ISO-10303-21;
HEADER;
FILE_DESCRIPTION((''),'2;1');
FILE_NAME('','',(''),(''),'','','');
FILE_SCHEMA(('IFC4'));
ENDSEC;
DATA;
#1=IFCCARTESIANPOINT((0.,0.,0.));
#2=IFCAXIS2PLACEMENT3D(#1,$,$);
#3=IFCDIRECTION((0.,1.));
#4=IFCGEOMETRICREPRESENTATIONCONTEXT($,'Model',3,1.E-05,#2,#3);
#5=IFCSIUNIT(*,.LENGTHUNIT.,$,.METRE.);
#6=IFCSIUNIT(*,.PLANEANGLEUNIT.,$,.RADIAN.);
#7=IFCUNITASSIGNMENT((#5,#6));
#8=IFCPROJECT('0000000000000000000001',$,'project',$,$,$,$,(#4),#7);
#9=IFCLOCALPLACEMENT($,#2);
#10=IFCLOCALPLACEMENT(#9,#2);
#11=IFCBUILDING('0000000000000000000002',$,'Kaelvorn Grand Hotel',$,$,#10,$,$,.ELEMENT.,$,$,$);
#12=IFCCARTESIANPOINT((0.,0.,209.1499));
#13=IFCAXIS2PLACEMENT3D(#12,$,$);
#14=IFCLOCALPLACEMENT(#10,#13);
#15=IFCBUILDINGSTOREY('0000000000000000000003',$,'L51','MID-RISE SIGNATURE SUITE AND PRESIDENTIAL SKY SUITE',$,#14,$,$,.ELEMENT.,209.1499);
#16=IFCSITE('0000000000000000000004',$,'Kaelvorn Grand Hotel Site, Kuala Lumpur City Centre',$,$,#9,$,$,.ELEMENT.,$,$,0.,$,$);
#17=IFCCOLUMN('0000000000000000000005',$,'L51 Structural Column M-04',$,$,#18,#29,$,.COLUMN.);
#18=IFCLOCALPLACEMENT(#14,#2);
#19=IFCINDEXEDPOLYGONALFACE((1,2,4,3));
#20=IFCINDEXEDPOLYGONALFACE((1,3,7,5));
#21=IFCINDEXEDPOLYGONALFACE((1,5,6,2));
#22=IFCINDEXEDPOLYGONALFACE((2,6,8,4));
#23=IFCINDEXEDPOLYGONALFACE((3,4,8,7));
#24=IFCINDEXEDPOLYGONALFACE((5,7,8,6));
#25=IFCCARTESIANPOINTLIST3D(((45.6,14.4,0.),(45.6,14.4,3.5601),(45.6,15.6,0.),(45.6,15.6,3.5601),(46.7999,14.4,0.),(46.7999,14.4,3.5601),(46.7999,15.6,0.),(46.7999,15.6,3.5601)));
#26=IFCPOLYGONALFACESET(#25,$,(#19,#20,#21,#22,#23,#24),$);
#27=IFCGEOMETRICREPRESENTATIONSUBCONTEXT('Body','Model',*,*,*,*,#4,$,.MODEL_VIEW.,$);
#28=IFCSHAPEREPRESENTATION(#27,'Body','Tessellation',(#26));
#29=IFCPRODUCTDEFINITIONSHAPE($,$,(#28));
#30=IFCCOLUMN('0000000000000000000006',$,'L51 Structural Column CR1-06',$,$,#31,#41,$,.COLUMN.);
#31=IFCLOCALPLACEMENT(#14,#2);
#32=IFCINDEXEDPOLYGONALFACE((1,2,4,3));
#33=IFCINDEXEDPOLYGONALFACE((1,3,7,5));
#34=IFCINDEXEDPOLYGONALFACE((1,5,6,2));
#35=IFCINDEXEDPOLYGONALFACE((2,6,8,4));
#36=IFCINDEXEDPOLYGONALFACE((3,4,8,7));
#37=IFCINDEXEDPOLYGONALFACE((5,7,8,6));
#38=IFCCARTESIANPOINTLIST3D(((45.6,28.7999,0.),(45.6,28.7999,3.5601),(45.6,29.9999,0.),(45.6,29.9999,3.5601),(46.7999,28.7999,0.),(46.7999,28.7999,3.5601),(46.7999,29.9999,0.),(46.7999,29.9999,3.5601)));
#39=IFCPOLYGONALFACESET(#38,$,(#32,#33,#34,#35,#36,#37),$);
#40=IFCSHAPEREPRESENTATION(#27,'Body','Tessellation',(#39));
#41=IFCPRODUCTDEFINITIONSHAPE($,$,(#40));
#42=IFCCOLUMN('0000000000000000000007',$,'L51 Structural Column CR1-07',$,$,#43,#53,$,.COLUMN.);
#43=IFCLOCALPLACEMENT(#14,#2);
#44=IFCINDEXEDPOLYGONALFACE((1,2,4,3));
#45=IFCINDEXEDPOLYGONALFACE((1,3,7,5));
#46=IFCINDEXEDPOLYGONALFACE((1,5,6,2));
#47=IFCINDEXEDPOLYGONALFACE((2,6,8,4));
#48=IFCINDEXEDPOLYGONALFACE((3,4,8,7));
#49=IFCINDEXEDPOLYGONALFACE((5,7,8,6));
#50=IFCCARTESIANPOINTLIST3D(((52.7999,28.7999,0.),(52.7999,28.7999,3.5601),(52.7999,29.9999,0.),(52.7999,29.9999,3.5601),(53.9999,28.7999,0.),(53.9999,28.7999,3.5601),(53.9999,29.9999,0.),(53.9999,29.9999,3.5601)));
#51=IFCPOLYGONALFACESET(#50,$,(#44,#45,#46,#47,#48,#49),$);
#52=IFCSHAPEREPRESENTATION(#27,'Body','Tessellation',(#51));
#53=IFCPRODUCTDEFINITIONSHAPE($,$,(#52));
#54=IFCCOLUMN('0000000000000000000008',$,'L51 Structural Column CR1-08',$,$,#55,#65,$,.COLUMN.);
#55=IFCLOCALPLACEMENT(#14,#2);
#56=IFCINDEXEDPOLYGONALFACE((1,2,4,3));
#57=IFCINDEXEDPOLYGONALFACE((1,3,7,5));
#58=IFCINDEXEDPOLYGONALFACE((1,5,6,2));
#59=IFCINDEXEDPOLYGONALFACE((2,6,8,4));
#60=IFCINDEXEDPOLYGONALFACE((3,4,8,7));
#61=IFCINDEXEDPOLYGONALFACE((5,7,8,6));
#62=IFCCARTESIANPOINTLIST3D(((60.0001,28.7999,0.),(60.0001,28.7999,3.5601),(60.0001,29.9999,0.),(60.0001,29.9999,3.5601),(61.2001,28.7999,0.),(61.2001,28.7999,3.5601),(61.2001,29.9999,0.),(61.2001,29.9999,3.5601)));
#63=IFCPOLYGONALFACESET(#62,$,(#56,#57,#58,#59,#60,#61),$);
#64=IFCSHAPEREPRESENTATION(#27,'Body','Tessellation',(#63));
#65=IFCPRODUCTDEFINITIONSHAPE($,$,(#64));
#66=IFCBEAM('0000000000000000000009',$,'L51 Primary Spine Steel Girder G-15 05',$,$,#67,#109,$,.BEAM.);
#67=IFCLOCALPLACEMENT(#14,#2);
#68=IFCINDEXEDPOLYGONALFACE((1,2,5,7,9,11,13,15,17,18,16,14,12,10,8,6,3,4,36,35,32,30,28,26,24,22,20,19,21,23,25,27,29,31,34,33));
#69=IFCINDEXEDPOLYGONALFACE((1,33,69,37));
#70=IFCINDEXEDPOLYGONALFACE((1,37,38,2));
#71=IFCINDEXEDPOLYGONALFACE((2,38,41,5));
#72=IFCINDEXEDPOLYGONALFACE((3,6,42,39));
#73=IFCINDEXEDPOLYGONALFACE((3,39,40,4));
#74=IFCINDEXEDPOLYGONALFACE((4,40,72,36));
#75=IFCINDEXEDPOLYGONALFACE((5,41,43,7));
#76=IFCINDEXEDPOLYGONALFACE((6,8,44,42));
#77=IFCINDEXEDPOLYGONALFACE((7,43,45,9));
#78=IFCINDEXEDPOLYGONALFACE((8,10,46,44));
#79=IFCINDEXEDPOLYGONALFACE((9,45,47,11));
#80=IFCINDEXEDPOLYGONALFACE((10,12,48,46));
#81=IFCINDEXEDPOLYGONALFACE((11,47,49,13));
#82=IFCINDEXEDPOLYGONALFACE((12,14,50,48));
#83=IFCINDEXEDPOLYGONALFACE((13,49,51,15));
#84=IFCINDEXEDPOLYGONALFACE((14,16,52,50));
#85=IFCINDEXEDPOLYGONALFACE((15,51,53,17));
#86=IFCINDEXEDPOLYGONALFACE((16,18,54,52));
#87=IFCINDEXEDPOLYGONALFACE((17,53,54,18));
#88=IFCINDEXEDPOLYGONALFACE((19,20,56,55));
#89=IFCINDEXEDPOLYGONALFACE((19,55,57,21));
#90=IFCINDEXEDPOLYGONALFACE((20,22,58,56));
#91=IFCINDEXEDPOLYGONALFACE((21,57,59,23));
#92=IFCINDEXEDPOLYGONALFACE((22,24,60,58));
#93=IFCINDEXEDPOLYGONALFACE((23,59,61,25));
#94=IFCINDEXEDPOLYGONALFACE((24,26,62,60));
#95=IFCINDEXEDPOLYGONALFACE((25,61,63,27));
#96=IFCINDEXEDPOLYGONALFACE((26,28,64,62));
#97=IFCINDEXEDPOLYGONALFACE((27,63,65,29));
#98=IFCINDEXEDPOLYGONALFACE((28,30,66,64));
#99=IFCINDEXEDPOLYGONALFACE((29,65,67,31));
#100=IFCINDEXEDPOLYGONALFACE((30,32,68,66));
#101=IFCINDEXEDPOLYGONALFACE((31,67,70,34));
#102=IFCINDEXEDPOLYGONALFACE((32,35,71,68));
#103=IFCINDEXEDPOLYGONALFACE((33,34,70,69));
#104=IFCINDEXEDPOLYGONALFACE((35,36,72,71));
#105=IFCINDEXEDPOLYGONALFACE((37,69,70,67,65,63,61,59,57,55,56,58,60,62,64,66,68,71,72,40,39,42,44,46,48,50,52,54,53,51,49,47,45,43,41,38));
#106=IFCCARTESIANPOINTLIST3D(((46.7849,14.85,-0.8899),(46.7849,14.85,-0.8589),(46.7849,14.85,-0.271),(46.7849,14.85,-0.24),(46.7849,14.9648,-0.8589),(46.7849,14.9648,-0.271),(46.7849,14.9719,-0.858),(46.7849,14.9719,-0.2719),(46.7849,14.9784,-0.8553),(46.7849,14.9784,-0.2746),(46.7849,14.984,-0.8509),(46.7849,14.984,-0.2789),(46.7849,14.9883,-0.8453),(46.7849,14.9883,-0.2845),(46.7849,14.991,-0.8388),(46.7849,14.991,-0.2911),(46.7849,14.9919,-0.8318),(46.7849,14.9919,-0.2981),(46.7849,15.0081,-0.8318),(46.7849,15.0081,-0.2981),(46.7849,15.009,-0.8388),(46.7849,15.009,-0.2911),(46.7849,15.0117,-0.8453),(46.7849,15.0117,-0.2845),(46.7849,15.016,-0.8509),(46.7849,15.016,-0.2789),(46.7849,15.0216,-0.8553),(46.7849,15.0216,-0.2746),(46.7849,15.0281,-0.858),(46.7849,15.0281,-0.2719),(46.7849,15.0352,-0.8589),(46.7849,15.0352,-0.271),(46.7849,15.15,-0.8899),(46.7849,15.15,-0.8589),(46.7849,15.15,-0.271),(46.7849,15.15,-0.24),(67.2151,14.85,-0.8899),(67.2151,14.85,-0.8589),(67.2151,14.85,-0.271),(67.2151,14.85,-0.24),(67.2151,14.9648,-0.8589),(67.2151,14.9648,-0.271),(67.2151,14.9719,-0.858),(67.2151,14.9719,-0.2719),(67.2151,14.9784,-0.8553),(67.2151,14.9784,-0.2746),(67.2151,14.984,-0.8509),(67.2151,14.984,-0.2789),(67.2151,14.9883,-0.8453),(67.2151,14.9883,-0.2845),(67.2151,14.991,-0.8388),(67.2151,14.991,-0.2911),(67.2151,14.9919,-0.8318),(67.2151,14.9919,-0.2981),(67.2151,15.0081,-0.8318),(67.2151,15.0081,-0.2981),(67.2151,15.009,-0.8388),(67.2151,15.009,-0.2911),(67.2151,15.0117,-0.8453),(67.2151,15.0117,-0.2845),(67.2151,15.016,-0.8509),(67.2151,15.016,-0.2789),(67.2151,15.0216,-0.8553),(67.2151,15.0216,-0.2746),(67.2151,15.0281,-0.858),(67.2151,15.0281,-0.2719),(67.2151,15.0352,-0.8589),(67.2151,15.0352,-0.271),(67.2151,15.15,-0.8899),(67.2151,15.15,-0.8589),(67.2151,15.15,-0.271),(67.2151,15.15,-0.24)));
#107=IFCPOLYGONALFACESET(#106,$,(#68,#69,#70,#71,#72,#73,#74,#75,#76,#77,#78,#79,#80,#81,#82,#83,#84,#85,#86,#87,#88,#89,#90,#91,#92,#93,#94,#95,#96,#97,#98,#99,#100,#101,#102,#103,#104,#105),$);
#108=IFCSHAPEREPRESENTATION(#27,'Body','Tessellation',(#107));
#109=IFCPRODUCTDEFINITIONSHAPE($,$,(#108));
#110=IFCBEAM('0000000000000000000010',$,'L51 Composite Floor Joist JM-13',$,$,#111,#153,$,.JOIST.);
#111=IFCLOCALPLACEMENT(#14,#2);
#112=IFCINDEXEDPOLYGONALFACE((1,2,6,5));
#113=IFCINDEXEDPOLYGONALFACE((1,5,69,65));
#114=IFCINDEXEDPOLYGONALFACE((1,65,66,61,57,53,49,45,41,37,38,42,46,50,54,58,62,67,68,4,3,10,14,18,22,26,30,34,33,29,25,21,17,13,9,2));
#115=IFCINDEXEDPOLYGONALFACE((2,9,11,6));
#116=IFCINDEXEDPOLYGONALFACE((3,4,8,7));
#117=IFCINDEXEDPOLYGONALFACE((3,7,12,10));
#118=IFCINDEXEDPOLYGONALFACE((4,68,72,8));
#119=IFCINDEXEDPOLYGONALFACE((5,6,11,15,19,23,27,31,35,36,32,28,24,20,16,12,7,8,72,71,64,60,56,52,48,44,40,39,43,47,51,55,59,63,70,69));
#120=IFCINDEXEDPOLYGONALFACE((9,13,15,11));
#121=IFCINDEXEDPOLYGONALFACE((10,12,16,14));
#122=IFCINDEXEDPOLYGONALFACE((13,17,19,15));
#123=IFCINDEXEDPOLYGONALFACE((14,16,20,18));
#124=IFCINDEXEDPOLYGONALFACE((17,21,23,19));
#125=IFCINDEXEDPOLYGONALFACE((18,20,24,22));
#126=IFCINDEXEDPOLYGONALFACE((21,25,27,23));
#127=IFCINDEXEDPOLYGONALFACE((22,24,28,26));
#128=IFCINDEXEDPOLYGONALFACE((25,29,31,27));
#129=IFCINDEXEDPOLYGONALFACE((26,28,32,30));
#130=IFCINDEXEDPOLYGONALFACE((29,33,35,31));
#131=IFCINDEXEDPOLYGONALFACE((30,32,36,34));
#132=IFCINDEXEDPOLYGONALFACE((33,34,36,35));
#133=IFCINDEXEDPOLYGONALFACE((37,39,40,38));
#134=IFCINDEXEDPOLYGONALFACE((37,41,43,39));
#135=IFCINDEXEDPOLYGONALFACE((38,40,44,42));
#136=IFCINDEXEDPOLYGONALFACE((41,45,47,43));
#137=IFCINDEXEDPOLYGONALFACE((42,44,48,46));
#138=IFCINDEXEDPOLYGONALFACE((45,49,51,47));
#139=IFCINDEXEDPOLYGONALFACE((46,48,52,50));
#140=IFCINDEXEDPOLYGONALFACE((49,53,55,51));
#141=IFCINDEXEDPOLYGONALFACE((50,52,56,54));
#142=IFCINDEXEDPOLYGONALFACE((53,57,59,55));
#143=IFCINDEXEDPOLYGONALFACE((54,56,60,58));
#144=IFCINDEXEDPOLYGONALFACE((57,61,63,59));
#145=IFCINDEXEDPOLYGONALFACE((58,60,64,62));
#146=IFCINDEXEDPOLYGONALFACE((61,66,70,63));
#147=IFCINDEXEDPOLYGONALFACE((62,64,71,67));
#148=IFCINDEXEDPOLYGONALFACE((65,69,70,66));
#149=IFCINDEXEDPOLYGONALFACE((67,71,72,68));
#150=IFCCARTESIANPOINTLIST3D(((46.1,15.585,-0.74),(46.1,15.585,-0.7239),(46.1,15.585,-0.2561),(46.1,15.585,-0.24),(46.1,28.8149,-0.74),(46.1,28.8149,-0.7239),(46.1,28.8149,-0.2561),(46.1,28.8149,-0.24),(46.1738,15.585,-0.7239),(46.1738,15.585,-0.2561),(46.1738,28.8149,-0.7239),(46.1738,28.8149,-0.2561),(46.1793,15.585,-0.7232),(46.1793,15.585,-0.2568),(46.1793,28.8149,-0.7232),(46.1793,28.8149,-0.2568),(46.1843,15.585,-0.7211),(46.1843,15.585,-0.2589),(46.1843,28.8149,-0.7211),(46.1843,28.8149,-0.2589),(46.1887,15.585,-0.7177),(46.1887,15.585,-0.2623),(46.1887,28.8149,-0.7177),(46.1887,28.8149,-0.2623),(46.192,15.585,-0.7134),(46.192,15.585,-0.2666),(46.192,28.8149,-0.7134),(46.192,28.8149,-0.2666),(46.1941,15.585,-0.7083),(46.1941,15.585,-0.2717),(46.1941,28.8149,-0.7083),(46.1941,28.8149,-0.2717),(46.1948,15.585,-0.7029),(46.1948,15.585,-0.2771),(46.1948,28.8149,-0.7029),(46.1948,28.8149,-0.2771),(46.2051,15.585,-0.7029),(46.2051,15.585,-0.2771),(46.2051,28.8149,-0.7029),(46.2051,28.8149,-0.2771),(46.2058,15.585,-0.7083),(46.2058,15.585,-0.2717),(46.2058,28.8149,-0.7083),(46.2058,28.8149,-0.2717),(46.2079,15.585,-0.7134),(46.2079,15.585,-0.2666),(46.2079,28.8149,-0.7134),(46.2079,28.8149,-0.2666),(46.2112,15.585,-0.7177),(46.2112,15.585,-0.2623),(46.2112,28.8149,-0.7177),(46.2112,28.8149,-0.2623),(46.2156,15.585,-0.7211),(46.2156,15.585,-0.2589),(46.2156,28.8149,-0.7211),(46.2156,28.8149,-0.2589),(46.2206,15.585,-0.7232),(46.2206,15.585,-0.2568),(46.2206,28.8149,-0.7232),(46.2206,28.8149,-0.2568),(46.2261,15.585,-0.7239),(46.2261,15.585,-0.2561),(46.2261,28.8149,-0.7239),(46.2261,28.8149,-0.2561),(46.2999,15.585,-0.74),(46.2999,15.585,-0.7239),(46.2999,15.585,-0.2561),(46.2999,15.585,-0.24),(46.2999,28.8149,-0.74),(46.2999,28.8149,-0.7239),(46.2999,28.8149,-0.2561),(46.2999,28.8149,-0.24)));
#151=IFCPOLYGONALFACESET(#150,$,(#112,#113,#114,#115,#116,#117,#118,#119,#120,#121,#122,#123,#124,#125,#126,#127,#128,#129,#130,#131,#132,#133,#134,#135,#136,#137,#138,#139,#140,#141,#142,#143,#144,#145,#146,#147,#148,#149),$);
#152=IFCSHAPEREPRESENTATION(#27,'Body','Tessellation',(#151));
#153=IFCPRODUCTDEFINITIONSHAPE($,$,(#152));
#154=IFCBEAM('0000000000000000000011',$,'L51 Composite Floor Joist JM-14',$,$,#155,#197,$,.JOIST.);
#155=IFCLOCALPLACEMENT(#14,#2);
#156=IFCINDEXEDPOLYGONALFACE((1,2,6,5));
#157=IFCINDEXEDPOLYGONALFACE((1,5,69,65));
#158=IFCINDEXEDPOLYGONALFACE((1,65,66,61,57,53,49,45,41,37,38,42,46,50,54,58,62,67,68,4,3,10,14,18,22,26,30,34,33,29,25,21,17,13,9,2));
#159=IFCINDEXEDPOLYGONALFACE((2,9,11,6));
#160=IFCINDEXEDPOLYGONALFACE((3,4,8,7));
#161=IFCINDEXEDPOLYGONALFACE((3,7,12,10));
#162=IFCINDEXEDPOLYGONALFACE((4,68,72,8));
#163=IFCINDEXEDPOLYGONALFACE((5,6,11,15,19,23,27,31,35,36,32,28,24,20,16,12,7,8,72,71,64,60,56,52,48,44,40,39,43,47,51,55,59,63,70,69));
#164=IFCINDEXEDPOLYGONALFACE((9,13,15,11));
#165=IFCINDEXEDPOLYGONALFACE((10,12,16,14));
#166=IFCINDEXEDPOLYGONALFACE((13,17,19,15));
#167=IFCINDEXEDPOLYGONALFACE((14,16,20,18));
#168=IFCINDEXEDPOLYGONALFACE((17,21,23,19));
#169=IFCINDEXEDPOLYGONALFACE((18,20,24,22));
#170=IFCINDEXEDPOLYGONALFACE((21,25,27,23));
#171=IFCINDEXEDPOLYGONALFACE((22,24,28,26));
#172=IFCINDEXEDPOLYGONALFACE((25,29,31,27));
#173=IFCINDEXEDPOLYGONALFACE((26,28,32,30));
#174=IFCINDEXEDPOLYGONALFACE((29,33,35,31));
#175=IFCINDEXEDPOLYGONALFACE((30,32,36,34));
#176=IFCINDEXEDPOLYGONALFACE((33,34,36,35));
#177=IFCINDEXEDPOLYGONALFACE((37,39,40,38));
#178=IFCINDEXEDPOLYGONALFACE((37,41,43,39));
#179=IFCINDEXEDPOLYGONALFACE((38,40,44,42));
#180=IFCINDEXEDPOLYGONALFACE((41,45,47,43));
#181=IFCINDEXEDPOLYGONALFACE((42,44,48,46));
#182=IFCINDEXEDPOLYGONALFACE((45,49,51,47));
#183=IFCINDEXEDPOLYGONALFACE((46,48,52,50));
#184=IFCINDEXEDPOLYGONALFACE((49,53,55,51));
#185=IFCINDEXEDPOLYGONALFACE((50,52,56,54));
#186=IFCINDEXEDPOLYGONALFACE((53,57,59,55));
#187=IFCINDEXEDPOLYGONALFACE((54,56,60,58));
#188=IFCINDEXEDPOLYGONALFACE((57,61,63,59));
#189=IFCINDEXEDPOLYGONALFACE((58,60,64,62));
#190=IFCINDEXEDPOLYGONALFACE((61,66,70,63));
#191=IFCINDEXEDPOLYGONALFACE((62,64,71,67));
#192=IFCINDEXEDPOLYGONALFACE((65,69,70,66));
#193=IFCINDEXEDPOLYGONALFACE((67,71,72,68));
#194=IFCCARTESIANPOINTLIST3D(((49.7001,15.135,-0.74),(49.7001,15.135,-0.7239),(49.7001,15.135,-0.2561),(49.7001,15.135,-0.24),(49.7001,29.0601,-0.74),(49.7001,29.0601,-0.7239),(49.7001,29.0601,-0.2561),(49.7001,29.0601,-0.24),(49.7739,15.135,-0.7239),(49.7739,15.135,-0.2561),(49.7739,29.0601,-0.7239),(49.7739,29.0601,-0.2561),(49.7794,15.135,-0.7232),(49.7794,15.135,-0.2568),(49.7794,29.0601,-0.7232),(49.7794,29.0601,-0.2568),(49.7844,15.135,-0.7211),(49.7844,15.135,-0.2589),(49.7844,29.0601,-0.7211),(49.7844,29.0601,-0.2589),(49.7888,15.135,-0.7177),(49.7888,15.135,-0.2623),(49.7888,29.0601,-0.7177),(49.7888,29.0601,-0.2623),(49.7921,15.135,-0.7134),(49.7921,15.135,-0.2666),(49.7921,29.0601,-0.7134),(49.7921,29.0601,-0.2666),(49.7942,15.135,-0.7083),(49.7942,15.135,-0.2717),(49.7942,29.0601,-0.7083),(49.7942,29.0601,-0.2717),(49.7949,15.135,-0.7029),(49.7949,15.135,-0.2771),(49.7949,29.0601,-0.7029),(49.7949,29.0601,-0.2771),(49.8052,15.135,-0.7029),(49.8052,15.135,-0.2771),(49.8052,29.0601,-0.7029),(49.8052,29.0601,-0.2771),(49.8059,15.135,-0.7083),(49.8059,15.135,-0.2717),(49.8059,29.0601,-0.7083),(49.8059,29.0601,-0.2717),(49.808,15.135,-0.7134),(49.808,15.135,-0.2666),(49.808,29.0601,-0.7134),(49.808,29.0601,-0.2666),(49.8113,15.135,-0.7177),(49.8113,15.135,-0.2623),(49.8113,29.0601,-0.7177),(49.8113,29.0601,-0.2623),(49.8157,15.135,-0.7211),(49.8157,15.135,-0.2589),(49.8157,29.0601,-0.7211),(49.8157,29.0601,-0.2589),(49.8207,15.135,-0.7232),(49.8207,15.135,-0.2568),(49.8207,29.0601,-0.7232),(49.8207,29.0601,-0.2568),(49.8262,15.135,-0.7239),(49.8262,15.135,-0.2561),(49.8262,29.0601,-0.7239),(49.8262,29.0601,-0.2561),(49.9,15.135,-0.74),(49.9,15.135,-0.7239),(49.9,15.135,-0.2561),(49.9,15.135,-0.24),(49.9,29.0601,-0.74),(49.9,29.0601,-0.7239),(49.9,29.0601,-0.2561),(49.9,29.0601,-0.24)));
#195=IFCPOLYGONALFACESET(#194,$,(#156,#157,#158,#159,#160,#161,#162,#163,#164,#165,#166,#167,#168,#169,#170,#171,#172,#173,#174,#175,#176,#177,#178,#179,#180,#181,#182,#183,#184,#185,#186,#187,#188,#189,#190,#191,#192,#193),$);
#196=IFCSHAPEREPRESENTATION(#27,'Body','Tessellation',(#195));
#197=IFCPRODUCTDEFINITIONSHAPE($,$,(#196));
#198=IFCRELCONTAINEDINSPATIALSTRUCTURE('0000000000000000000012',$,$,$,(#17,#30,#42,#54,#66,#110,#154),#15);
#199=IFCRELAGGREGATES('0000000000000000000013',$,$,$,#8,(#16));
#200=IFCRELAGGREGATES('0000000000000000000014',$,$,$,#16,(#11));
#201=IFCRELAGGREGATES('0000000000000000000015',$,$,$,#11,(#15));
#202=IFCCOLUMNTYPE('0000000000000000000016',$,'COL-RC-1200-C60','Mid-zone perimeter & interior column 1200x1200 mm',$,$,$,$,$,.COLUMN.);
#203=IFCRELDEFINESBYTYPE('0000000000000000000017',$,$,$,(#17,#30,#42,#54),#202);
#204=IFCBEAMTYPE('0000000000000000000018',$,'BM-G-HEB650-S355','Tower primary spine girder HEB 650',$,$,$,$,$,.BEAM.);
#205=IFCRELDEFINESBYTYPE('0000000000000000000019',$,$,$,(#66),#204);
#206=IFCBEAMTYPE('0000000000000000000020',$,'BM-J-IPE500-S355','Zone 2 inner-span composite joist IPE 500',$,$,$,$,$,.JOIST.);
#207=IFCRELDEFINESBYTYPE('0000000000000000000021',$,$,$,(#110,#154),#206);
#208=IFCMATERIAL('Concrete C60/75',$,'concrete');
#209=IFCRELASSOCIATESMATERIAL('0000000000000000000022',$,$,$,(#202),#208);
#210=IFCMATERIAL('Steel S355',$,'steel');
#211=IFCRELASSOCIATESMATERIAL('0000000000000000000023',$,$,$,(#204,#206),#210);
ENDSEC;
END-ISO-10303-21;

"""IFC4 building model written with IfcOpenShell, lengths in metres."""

from ifc_helpers import new_model, si_unit, direction, frame, origin, origin_2d, place, context, subcontext, project, spatial, rectangle, i_section, extrude, material, material_profile, profile_set, type_object, element, save


model = new_model("IFC4")

# Units and contexts
model_context = context("Model", 3, precision=1e-05, world=origin(), true_north=direction((0.0, 1.0)))
body_context = subcontext(model_context, "Body", "Model", "MODEL_VIEW")
ifc_project = project(units=[si_unit("LENGTHUNIT", "METRE"), si_unit("PLANEANGLEUNIT", "RADIAN")], contexts=[model_context])

# Site, building, storey
site_placement = place(None, origin())
site = spatial("IfcSite", under=ifc_project, at=site_placement, Name="Kaelvorn Grand Hotel Site, Kuala Lumpur City Centre", CompositionType="ELEMENT", RefElevation=0.0)
building_placement = place(site_placement, origin())
building = spatial("IfcBuilding", under=site, at=building_placement, Name="Kaelvorn Grand Hotel", CompositionType="ELEMENT")
storey_placement = place(building_placement, frame((0.0, 0.0, 209.1499)))
storey = spatial("IfcBuildingStorey", under=building, at=storey_placement, Name="L51", Description="MID-RISE SIGNATURE SUITE AND PRESIDENTIAL SKY SUITE", CompositionType="ELEMENT", Elevation=209.1499)

# Columns
ifc_material_1 = material(Name="Concrete C60/75", Category="concrete")
ifc_material_profile_1 = material_profile(ifc_material_1, rectangle(XDim=1.2, YDim=1.2, at=origin_2d()), Name="RC COL 1200x1200")
ifc_profile_set_1 = profile_set([ifc_material_profile_1], Name="Concrete C60/75")
column_type = type_object("IfcColumnType", Name="COL-RC-1200-C60", Description="Mid-zone perimeter & interior column 1200x1200 mm", PredefinedType="COLUMN", material=ifc_profile_set_1)
for number, where, z_axis, x_axis, name in (
    (1, (46.2, 15.0, 0.0), (0.0, 0.0, 1.0), (1.0, 0.0, 0.0), "L51 Structural Column M-04"),
    (2, (46.2, 29.3999, 0.0), (0.0, 0.0, 1.0), (1.0, 0.0, 0.0), "L51 Structural Column CR1-06"),
    (3, (53.3999, 29.3999, 0.0), (0.0, 0.0, 1.0), (1.0, 0.0, 0.0), "L51 Structural Column CR1-07"),
    (4, (60.6001, 29.3999, 0.0), (0.0, 0.0, 1.0), (1.0, 0.0, 0.0), "L51 Structural Column CR1-08"),
):
    element("IfcColumn", number, at=place(storey_placement, frame(where, z_axis=z_axis, x_axis=x_axis)), inside=storey, type_object=column_type, Name=name, PredefinedType="COLUMN", context=body_context, shape_type="SweptSolid", body=[
        extrude(rectangle(XDim=1.2, YDim=1.2, at=origin_2d()), origin(), (0.0, 0.0, 1.0), 3.5601),
    ])

# Beams
ifc_material_2 = material(Name="Steel S355", Category="steel")
ifc_material_profile_2 = material_profile(ifc_material_2, i_section(OverallWidth=0.3, OverallDepth=0.6499, WebThickness=0.0161, FlangeThickness=0.031, FilletRadius=0.0271, at=origin_2d()), Name="HEB 650")
ifc_profile_set_2 = profile_set([ifc_material_profile_2], Name="Steel S355")
beam_type_1 = type_object("IfcBeamType", Name="BM-G-HEB650-S355", Description="Tower primary spine girder HEB 650", PredefinedType="BEAM", material=ifc_profile_set_2)
beam_1_placement = place(storey_placement, frame((46.7849, 15.0, -0.5649), z_axis=(1.0, 0.0, 0.0), x_axis=(0.0, 1.0, 0.0)))
element("IfcBeam", 5, at=beam_1_placement, inside=storey, type_object=beam_type_1, Name="L51 Primary Spine Steel Girder G-15 05", PredefinedType="BEAM", context=body_context, shape_type="SweptSolid", body=[
    extrude(i_section(OverallWidth=0.3, OverallDepth=0.6499, WebThickness=0.0161, FlangeThickness=0.031, FilletRadius=0.0271, at=origin_2d()), origin(), (0.0, 0.0, 1.0), 20.4302),
])
ifc_material_profile_3 = material_profile(ifc_material_2, i_section(OverallWidth=0.2, OverallDepth=0.5, WebThickness=0.0103, FlangeThickness=0.0161, FilletRadius=0.021, at=origin_2d()), Name="IPE 500")
ifc_profile_set_3 = profile_set([ifc_material_profile_3], Name="Steel S355")
beam_type_2 = type_object("IfcBeamType", Name="BM-J-IPE500-S355", Description="Zone 2 inner-span composite joist IPE 500", PredefinedType="JOIST", material=ifc_profile_set_3)
beam_2_placement = place(storey_placement, frame((46.2, 15.585, -0.49), z_axis=(0.0, 1.0, 0.0), x_axis=(-1.0, 0.0, 0.0)))
element("IfcBeam", 6, at=beam_2_placement, inside=storey, type_object=beam_type_2, Name="L51 Composite Floor Joist JM-13", PredefinedType="JOIST", context=body_context, shape_type="SweptSolid", body=[
    extrude(i_section(OverallWidth=0.2, OverallDepth=0.5, WebThickness=0.0103, FlangeThickness=0.0161, FilletRadius=0.021, at=origin_2d()), origin(), (0.0, 0.0, 1.0), 13.23),
])
beam_3_placement = place(storey_placement, frame((49.8, 15.135, -0.49), z_axis=(0.0, 1.0, 0.0), x_axis=(-1.0, 0.0, 0.0)))
element("IfcBeam", 7, at=beam_3_placement, inside=storey, type_object=beam_type_2, Name="L51 Composite Floor Joist JM-14", PredefinedType="JOIST", context=body_context, shape_type="SweptSolid", body=[
    extrude(i_section(OverallWidth=0.2, OverallDepth=0.5, WebThickness=0.0103, FlangeThickness=0.0161, FilletRadius=0.021, at=origin_2d()), origin(), (0.0, 0.0, 1.0), 13.925),
])

save(model, "model.ifc")
